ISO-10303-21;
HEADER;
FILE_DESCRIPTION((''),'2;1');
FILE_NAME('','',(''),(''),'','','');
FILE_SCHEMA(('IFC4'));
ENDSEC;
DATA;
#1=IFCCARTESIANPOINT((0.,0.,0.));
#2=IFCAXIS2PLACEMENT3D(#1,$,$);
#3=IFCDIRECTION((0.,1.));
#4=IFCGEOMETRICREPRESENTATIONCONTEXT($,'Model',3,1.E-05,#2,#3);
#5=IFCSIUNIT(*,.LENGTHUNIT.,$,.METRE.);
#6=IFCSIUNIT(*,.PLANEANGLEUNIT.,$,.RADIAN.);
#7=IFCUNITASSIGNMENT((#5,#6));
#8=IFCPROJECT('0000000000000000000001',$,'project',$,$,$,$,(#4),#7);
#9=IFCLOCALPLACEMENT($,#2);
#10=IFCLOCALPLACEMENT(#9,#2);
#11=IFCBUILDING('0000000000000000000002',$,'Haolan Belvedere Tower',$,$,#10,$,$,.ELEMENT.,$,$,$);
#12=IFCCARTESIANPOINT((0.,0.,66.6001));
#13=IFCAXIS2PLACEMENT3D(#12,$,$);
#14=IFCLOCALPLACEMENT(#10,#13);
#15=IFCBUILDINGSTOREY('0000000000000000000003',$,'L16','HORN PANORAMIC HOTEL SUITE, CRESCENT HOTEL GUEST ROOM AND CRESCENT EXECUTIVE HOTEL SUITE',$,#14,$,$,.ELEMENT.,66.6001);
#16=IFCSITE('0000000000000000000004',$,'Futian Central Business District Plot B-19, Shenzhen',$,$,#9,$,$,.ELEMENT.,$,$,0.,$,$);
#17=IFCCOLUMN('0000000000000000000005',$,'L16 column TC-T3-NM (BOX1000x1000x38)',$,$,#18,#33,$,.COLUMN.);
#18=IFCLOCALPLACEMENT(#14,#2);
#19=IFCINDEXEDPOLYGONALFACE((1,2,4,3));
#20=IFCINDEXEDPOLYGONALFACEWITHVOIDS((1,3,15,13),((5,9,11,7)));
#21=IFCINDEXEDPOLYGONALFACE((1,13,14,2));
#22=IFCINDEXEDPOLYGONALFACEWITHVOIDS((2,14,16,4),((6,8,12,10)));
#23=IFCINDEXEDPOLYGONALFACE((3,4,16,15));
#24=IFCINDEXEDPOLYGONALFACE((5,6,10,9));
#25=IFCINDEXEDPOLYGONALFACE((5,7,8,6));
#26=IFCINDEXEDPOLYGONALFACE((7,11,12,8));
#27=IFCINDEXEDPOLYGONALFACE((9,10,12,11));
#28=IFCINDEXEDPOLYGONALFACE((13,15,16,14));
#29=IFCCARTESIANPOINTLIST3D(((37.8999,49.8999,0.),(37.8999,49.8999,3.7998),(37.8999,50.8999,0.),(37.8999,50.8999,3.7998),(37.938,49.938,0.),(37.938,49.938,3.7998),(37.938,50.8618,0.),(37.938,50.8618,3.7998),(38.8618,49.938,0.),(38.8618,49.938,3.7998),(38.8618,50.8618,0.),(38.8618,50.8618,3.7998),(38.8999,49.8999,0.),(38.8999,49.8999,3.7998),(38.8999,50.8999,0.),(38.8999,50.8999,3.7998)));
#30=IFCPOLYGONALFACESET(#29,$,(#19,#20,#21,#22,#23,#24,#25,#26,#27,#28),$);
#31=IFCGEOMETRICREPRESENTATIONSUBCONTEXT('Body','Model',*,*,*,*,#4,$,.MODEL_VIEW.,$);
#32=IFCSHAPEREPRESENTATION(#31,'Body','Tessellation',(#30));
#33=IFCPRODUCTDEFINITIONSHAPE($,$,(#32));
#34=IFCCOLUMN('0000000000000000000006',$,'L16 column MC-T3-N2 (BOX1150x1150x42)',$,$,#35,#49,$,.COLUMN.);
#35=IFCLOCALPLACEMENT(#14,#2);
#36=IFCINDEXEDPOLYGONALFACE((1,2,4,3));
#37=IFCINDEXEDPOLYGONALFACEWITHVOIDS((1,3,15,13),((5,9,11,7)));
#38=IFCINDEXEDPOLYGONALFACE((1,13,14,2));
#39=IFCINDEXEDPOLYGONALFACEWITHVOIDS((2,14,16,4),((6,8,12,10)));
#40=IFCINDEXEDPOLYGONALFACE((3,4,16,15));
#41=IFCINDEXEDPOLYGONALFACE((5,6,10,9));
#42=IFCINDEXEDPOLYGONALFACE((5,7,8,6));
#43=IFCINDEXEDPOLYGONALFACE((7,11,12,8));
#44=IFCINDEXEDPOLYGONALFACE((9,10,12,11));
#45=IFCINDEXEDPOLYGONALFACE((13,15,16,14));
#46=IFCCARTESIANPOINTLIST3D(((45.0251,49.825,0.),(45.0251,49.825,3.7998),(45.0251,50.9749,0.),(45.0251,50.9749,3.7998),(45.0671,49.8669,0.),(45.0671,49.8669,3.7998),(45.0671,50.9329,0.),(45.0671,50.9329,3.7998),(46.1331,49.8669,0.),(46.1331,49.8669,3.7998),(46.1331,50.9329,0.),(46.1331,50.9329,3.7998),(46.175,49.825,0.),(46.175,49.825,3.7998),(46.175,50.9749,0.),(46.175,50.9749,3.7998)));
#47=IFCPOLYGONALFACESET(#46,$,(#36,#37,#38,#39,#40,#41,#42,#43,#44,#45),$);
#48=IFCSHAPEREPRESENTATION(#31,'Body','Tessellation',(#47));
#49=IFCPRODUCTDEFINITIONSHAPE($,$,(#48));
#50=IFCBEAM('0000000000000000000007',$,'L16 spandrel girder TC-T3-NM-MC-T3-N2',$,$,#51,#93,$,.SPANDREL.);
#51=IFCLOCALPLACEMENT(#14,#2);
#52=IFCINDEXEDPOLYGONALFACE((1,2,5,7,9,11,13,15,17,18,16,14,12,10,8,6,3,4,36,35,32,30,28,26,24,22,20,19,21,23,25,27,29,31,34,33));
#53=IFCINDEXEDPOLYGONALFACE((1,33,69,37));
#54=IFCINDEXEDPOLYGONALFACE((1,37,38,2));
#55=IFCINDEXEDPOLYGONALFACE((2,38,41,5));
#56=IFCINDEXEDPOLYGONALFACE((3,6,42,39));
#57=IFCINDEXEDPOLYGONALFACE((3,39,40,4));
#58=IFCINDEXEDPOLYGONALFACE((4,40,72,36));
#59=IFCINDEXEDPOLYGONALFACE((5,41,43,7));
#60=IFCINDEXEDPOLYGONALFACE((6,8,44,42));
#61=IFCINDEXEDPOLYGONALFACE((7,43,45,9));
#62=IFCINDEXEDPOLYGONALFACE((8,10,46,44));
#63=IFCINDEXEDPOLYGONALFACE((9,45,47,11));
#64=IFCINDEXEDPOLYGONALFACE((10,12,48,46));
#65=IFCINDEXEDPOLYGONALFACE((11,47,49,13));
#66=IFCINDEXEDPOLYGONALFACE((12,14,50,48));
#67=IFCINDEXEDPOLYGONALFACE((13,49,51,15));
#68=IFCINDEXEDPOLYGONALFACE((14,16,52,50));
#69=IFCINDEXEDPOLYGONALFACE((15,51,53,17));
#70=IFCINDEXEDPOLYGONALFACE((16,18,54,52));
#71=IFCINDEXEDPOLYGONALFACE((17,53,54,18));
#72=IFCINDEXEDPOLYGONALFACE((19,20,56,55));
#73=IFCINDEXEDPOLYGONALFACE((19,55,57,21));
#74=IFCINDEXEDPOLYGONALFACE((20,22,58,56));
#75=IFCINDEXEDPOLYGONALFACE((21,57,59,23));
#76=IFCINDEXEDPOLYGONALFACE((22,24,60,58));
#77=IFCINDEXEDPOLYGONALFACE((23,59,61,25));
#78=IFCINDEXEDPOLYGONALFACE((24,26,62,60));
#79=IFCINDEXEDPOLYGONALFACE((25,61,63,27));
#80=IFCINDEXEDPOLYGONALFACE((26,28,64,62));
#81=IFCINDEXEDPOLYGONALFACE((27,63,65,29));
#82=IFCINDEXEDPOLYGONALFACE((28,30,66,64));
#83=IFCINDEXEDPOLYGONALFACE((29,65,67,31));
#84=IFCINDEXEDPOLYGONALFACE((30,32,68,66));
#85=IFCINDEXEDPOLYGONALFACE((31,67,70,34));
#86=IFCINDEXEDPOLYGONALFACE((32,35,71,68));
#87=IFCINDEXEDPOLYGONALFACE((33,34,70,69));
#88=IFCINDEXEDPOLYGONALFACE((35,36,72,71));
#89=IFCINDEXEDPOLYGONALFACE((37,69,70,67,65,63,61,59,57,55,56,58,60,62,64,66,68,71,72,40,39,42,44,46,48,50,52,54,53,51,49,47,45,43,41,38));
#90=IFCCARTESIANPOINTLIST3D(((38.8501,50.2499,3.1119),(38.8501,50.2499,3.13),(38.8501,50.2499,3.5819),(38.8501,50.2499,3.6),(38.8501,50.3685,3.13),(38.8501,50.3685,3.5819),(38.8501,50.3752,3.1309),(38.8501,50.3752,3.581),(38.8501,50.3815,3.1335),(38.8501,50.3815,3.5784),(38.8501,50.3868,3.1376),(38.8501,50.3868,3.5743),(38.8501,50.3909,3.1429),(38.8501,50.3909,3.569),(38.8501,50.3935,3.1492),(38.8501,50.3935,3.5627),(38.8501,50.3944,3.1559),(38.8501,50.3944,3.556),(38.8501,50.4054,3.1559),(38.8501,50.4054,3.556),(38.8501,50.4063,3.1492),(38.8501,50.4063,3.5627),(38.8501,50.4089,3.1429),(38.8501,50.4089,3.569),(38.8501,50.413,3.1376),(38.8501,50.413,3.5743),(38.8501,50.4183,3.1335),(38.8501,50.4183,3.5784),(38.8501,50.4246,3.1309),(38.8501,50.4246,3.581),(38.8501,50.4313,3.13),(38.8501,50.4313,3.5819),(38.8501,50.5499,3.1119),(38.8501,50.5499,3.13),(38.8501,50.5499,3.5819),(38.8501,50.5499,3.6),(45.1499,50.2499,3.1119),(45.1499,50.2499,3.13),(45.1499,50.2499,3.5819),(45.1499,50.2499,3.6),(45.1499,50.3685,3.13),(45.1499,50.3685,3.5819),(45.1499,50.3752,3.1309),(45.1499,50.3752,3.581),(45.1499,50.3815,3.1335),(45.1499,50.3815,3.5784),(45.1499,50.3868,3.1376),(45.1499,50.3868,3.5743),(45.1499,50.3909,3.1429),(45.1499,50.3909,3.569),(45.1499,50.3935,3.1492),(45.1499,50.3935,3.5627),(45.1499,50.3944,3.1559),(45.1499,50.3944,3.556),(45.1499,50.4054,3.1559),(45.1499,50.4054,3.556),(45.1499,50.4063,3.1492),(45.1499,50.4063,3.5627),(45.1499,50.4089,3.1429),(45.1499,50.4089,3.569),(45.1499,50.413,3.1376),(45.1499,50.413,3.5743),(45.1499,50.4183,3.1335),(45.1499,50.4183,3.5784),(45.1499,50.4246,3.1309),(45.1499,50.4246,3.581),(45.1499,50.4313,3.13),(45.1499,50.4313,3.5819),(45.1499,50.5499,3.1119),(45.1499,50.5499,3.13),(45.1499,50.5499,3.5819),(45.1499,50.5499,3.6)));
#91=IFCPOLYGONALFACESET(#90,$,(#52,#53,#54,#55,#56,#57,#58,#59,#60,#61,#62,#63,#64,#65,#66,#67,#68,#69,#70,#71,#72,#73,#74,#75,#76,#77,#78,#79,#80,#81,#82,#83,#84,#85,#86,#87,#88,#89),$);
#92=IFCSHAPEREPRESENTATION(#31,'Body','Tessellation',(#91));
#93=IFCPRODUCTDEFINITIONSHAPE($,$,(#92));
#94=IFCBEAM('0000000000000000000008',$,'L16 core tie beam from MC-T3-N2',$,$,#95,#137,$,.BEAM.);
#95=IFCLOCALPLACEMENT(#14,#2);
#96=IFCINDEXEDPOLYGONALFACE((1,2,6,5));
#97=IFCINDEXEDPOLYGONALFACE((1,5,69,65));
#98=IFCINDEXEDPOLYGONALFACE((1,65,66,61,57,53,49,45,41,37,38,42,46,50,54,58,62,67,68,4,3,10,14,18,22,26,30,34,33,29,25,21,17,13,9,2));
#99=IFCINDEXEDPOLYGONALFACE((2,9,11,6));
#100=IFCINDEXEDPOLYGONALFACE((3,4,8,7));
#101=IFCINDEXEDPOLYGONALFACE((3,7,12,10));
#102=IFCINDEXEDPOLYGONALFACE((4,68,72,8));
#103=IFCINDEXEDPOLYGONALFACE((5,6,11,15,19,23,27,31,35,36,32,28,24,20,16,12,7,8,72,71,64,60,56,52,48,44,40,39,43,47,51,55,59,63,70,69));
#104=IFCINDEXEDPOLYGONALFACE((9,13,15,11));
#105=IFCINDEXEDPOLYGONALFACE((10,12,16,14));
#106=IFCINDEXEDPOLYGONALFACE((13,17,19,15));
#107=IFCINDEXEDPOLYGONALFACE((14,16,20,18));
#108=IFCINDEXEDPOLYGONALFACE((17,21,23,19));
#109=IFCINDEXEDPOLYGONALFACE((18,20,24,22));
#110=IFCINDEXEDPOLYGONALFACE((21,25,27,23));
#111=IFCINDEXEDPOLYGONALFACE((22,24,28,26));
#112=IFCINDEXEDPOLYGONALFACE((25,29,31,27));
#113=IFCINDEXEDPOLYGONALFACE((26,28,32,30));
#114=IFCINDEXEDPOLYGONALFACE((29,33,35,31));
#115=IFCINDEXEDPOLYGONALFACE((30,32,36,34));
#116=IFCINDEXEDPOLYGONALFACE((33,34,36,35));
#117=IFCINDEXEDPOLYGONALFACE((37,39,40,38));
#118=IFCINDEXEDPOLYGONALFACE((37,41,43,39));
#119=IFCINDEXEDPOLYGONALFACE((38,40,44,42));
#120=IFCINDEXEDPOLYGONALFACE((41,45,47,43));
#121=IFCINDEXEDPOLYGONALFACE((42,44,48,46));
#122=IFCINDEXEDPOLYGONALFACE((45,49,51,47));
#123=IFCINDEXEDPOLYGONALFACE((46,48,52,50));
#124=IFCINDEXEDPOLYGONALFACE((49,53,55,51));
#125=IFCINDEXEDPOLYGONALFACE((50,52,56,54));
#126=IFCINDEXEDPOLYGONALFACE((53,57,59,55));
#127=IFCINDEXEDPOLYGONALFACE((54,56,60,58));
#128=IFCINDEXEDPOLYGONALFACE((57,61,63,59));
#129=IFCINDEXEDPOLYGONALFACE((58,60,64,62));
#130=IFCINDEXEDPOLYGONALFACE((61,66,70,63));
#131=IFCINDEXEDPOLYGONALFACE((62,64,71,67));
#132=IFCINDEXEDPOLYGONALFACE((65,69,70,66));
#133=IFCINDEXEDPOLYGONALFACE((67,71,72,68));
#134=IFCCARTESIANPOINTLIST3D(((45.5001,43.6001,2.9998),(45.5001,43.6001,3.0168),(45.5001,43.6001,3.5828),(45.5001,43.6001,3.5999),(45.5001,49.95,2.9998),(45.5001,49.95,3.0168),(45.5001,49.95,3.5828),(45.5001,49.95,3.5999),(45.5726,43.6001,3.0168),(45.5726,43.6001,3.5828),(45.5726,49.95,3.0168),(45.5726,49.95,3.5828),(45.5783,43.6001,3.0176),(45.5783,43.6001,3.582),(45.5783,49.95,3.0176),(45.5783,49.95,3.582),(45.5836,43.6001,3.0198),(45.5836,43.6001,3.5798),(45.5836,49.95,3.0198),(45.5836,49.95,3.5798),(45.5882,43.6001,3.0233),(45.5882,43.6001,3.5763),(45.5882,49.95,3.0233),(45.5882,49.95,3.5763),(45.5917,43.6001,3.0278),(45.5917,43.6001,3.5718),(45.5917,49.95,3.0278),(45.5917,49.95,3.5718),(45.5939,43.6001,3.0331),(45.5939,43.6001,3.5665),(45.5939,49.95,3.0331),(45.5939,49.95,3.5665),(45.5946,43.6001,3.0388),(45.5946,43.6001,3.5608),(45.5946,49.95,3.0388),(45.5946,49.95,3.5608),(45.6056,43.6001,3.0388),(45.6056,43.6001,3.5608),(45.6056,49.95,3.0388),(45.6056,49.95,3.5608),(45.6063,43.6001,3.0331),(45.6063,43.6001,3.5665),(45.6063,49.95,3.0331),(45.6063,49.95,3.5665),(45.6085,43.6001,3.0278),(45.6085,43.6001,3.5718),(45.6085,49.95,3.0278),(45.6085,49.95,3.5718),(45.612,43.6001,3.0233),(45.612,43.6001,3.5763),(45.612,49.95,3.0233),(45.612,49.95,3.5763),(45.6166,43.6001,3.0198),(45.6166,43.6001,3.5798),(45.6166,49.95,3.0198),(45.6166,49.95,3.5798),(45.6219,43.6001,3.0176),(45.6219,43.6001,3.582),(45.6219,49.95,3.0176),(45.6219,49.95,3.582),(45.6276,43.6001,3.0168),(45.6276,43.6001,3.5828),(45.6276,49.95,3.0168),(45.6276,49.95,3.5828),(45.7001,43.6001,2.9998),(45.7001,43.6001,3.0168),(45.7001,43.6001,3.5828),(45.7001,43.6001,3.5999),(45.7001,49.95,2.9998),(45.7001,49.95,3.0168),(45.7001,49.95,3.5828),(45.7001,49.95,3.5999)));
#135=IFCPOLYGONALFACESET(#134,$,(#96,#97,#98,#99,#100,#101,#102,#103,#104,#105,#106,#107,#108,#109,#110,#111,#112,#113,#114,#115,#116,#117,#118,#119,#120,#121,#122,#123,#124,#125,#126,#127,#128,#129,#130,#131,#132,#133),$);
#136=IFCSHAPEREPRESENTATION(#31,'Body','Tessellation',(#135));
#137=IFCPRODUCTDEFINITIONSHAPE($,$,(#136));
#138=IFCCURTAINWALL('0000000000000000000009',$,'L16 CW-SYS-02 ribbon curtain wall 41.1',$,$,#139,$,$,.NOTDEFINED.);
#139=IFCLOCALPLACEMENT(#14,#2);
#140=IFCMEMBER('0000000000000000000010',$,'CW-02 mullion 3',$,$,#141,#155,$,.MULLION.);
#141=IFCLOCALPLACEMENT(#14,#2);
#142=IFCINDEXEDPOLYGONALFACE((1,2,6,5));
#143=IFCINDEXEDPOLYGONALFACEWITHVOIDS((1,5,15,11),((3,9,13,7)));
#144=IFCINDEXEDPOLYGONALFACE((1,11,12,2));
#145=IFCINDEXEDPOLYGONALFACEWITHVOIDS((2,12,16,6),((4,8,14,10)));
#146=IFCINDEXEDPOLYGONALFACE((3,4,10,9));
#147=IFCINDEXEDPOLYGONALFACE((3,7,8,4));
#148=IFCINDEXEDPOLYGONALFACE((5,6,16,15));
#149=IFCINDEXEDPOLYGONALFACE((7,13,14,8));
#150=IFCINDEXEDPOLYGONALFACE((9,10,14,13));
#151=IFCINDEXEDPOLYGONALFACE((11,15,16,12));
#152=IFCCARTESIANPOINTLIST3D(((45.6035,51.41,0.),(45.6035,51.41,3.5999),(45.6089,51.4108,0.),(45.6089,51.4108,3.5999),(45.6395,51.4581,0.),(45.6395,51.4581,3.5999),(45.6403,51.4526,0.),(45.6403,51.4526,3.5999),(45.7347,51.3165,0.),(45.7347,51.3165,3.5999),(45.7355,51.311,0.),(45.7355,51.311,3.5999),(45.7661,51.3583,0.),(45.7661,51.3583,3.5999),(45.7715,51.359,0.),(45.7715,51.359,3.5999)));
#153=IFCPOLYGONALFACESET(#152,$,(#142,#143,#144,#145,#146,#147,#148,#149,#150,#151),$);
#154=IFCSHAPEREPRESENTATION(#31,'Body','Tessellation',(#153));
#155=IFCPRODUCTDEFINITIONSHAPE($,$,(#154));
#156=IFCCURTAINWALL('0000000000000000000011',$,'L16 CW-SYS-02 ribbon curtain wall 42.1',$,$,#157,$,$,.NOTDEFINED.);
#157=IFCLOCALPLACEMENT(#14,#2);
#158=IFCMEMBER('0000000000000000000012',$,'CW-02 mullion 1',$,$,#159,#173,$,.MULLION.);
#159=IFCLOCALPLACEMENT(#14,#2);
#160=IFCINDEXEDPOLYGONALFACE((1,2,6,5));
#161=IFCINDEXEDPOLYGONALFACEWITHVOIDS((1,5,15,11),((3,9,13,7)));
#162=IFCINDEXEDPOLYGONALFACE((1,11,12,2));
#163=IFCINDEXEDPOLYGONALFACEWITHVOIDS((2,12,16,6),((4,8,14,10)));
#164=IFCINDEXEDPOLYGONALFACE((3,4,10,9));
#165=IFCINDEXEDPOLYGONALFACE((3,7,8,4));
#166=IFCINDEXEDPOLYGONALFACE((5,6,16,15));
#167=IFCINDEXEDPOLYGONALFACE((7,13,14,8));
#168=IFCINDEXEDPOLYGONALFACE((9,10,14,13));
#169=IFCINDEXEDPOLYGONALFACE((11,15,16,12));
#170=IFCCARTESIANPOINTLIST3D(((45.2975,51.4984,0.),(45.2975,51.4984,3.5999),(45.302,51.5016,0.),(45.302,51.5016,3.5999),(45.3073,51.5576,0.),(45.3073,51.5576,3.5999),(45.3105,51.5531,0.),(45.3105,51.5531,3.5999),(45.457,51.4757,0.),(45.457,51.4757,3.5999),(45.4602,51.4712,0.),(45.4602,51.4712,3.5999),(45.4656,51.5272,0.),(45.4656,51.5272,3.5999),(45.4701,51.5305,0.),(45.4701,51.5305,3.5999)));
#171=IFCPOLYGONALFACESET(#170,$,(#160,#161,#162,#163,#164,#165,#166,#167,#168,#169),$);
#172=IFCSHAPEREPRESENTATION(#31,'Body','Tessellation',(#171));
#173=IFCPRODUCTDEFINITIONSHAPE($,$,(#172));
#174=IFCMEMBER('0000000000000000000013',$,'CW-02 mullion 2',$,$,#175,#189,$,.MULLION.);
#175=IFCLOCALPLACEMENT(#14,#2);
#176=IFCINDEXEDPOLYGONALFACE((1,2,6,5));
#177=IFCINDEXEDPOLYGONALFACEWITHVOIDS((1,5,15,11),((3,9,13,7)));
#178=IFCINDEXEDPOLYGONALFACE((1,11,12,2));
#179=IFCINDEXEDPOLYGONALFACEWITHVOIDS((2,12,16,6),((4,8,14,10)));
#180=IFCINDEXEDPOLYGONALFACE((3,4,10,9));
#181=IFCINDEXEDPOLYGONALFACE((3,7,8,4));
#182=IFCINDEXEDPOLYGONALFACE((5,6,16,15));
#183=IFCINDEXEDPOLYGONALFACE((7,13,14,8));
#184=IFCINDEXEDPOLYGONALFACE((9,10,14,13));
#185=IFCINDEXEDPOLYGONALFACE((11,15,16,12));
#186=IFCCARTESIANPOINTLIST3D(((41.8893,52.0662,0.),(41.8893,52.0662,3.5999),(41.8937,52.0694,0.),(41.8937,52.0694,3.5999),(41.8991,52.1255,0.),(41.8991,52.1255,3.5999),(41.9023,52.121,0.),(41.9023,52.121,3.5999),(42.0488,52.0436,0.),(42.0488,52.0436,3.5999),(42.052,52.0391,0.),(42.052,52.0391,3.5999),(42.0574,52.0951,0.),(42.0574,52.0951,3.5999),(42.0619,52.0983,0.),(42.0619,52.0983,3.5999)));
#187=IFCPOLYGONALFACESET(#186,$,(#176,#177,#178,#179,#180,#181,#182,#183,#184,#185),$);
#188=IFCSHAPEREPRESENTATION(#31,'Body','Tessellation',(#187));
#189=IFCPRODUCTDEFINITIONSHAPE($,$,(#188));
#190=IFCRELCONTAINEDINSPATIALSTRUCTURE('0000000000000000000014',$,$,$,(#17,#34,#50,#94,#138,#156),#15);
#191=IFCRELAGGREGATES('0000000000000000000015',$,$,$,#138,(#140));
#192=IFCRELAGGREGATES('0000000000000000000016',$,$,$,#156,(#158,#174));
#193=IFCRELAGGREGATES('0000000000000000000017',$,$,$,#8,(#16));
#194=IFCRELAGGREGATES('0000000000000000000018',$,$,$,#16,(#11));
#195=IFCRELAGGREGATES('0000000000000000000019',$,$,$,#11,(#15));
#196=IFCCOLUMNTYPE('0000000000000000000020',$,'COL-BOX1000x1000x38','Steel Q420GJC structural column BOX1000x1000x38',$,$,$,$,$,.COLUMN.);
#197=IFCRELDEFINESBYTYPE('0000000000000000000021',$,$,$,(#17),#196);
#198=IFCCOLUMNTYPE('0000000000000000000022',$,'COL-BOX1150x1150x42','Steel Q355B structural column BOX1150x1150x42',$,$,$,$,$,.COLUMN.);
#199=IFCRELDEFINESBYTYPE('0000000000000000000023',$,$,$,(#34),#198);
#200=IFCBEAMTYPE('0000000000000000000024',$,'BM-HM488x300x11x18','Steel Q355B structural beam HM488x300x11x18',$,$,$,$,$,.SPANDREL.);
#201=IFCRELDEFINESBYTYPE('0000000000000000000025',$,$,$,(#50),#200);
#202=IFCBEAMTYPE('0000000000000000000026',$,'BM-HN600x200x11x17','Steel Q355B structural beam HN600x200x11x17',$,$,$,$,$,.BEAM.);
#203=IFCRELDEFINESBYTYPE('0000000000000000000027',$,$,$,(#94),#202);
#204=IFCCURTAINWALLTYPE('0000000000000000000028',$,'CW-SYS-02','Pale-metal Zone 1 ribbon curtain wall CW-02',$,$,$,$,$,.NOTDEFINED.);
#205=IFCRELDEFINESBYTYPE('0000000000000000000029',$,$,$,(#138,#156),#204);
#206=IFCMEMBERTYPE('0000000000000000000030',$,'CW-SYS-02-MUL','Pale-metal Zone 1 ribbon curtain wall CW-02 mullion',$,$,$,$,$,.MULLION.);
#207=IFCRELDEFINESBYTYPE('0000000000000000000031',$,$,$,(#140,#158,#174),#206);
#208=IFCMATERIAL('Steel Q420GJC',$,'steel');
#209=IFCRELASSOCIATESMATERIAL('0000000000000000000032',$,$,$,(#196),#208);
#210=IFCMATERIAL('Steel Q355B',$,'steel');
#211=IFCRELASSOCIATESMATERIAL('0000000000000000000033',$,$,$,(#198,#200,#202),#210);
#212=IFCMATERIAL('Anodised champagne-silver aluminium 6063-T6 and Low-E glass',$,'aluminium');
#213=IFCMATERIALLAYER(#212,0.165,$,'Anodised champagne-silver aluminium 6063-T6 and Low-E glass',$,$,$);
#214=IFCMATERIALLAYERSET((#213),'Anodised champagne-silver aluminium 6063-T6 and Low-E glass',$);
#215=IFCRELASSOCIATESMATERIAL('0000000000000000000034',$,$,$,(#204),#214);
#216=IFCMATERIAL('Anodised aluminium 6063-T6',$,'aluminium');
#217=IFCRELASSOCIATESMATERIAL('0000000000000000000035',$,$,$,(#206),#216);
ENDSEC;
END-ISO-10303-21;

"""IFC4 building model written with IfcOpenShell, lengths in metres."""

from ifc_helpers import new_model, si_unit, direction, frame, origin, origin_2d, place, context, subcontext, project, spatial, hollow_rectangle, i_section, extrude, material, layer, layer_set, material_profile, profile_set, type_object, element, aggregate, save


model = new_model("IFC4")

# Units and contexts
model_context = context("Model", 3, precision=1e-05, world=origin(), true_north=direction((0.0, 1.0)))
body_context = subcontext(model_context, "Body", "Model", "MODEL_VIEW")
ifc_project = project(units=[si_unit("LENGTHUNIT", "METRE"), si_unit("PLANEANGLEUNIT", "RADIAN")], contexts=[model_context])

# Site, building, storey
site_placement = place(None, origin())
site = spatial("IfcSite", under=ifc_project, at=site_placement, Name="Futian Central Business District Plot B-19, Shenzhen", CompositionType="ELEMENT", RefElevation=0.0)
building_placement = place(site_placement, origin())
building = spatial("IfcBuilding", under=site, at=building_placement, Name="Haolan Belvedere Tower", CompositionType="ELEMENT")
storey_placement = place(building_placement, frame((0.0, 0.0, 66.6001)))
storey = spatial("IfcBuildingStorey", under=building, at=storey_placement, Name="L16", Description="HORN PANORAMIC HOTEL SUITE, CRESCENT HOTEL GUEST ROOM AND CRESCENT EXECUTIVE HOTEL SUITE", CompositionType="ELEMENT", Elevation=66.6001)

# Columns
ifc_material_1 = material(Name="Steel Q420GJC", Category="steel")
ifc_material_profile_1 = material_profile(ifc_material_1, hollow_rectangle(XDim=1.0, YDim=1.0, WallThickness=0.0381, at=origin_2d()), Name="Steel Q420GJC")
ifc_profile_set_1 = profile_set([ifc_material_profile_1], Name="Steel Q420GJC")
column_type_1 = type_object("IfcColumnType", Name="COL-BOX1000x1000x38", Description="Steel Q420GJC structural column BOX1000x1000x38", PredefinedType="COLUMN", material=ifc_profile_set_1)
column_1_placement = place(storey_placement, frame((38.3999, 50.3999, 0.0), z_axis=(0.0, 0.0, 1.0), x_axis=(1.0, 0.0, 0.0)))
element("IfcColumn", 1, at=column_1_placement, inside=storey, type_object=column_type_1, Name="L16 column TC-T3-NM (BOX1000x1000x38)", PredefinedType="COLUMN", context=body_context, shape_type="SweptSolid", body=[
    extrude(hollow_rectangle(XDim=1.0, YDim=1.0, WallThickness=0.0381, at=origin_2d()), origin(), (0.0, 0.0, 1.0), 3.7998),
])
ifc_material_2 = material(Name="Steel Q355B", Category="steel")
ifc_material_profile_2 = material_profile(ifc_material_2, hollow_rectangle(XDim=1.1499, YDim=1.1499, WallThickness=0.042, at=origin_2d()), Name="Steel Q355B")
ifc_profile_set_2 = profile_set([ifc_material_profile_2], Name="Steel Q355B")
column_type_2 = type_object("IfcColumnType", Name="COL-BOX1150x1150x42", Description="Steel Q355B structural column BOX1150x1150x42", PredefinedType="COLUMN", material=ifc_profile_set_2)
column_2_placement = place(storey_placement, frame((45.6001, 50.3999, 0.0), z_axis=(0.0, 0.0, 1.0), x_axis=(1.0, 0.0, 0.0)))
element("IfcColumn", 2, at=column_2_placement, inside=storey, type_object=column_type_2, Name="L16 column MC-T3-N2 (BOX1150x1150x42)", PredefinedType="COLUMN", context=body_context, shape_type="SweptSolid", body=[
    extrude(hollow_rectangle(XDim=1.1499, YDim=1.1499, WallThickness=0.042, at=origin_2d()), origin(), (0.0, 0.0, 1.0), 3.7998),
])

# Beams
ifc_material_profile_3 = material_profile(ifc_material_2, i_section(OverallWidth=0.3, OverallDepth=0.488, WebThickness=0.011, FlangeThickness=0.0181, FilletRadius=0.0259, at=origin_2d()), Name="Steel Q355B")
ifc_profile_set_3 = profile_set([ifc_material_profile_3], Name="Steel Q355B")
beam_type_1 = type_object("IfcBeamType", Name="BM-HM488x300x11x18", Description="Steel Q355B structural beam HM488x300x11x18", PredefinedType="SPANDREL", material=ifc_profile_set_3)
beam_1_placement = place(storey_placement, frame((38.8501, 50.3999, 3.356), z_axis=(1.0, 0.0, 0.0), x_axis=(0.0, 1.0, 0.0)))
element("IfcBeam", 3, at=beam_1_placement, inside=storey, type_object=beam_type_1, Name="L16 spandrel girder TC-T3-NM-MC-T3-N2", PredefinedType="SPANDREL", context=body_context, shape_type="SweptSolid", body=[
    extrude(i_section(OverallWidth=0.3, OverallDepth=0.488, WebThickness=0.011, FlangeThickness=0.0181, FilletRadius=0.0259, at=origin_2d()), origin(), (0.0, 0.0, 1.0), 6.2998),
])
ifc_material_profile_4 = material_profile(ifc_material_2, i_section(OverallWidth=0.2, OverallDepth=0.6001, WebThickness=0.011, FlangeThickness=0.0171, FilletRadius=0.022, at=origin_2d()), Name="Steel Q355B")
ifc_profile_set_4 = profile_set([ifc_material_profile_4], Name="Steel Q355B")
beam_type_2 = type_object("IfcBeamType", Name="BM-HN600x200x11x17", Description="Steel Q355B structural beam HN600x200x11x17", PredefinedType="BEAM", material=ifc_profile_set_4)
beam_2_placement = place(storey_placement, frame((45.6001, 49.95, 3.2998), z_axis=(0.0, -1.0, 0.0), x_axis=(1.0, 0.0, 0.0)))
element("IfcBeam", 4, at=beam_2_placement, inside=storey, type_object=beam_type_2, Name="L16 core tie beam from MC-T3-N2", PredefinedType="BEAM", context=body_context, shape_type="SweptSolid", body=[
    extrude(i_section(OverallWidth=0.2, OverallDepth=0.6001, WebThickness=0.011, FlangeThickness=0.0171, FilletRadius=0.022, at=origin_2d()), origin(), (0.0, 0.0, 1.0), 6.3499),
])

# Curtain wall, member
ifc_material_3 = material(Name="Anodised champagne-silver aluminium 6063-T6 and Low-E glass", Category="aluminium")
ifc_layer_1 = layer(ifc_material_3, 0.165, Name="Anodised champagne-silver aluminium 6063-T6 and Low-E glass")
ifc_layer_set_1 = layer_set([ifc_layer_1], Name="Anodised champagne-silver aluminium 6063-T6 and Low-E glass")
curtain_wall_type = type_object("IfcCurtainWallType", Name="CW-SYS-02", Description="Pale-metal Zone 1 ribbon curtain wall CW-02", PredefinedType="NOTDEFINED", material=ifc_layer_set_1)
curtain_wall_1_placement = place(storey_placement, origin())
curtain_wall_1 = element("IfcCurtainWall", 5, at=curtain_wall_1_placement, inside=storey, type_object=curtain_wall_type, Name="L16 CW-SYS-02 ribbon curtain wall 41.1", PredefinedType="NOTDEFINED")
ifc_material_4 = material(Name="Anodised aluminium 6063-T6", Category="aluminium")
ifc_material_profile_5 = material_profile(ifc_material_4, hollow_rectangle(XDim=0.0601, YDim=0.165, WallThickness=0.0039, at=origin_2d()), Name="Anodised aluminium 6063-T6")
ifc_profile_set_5 = profile_set([ifc_material_profile_5], Name="Anodised aluminium 6063-T6")
member_type_1 = type_object("IfcMemberType", Name="CW-SYS-02-MUL", Description="Pale-metal Zone 1 ribbon curtain wall CW-02 mullion", PredefinedType="MULLION", material=ifc_profile_set_5)
member_1_placement = place(storey_placement, frame((45.6875, 51.3845, 0.0), z_axis=(0.0, 0.0, 1.0), x_axis=(-0.599994, -0.800004, 0.0)))
member_1 = element("IfcMember", 6, at=member_1_placement, type_object=member_type_1, Name="CW-02 mullion 3", PredefinedType="MULLION", context=body_context, shape_type="SweptSolid", body=[
    extrude(hollow_rectangle(XDim=0.0601, YDim=0.165, WallThickness=0.0039, at=origin_2d()), origin(), (0.0, 0.0, 1.0), 3.5999),
])
aggregate(curtain_wall_1, [member_1])

# Curtain wall, members
curtain_wall_2_placement = place(storey_placement, origin())
curtain_wall_2 = element("IfcCurtainWall", 7, at=curtain_wall_2_placement, inside=storey, type_object=curtain_wall_type, Name="L16 CW-SYS-02 ribbon curtain wall 42.1", PredefinedType="NOTDEFINED")
member_2_placement = place(storey_placement, frame((45.3838, 51.5144, 0.0), z_axis=(0.0, 0.0, 1.0), x_axis=(-0.164404, -0.986393, 0.0)))
member_2 = element("IfcMember", 8, at=member_2_placement, type_object=member_type_1, Name="CW-02 mullion 1", PredefinedType="MULLION", context=body_context, shape_type="SweptSolid", body=[
    extrude(hollow_rectangle(XDim=0.0601, YDim=0.165, WallThickness=0.0039, at=origin_2d()), origin(), (0.0, 0.0, 1.0), 3.5999),
])
member_3_placement = place(storey_placement, frame((41.9756, 52.0823, 0.0), z_axis=(0.0, 0.0, 1.0), x_axis=(-0.164404, -0.986393, 0.0)))
member_3 = element("IfcMember", 9, at=member_3_placement, type_object=member_type_1, Name="CW-02 mullion 2", PredefinedType="MULLION", context=body_context, shape_type="SweptSolid", body=[
    extrude(hollow_rectangle(XDim=0.0601, YDim=0.165, WallThickness=0.0039, at=origin_2d()), origin(), (0.0, 0.0, 1.0), 3.5999),
])
aggregate(curtain_wall_2, [member_2, member_3])

save(model, "model.ifc")
